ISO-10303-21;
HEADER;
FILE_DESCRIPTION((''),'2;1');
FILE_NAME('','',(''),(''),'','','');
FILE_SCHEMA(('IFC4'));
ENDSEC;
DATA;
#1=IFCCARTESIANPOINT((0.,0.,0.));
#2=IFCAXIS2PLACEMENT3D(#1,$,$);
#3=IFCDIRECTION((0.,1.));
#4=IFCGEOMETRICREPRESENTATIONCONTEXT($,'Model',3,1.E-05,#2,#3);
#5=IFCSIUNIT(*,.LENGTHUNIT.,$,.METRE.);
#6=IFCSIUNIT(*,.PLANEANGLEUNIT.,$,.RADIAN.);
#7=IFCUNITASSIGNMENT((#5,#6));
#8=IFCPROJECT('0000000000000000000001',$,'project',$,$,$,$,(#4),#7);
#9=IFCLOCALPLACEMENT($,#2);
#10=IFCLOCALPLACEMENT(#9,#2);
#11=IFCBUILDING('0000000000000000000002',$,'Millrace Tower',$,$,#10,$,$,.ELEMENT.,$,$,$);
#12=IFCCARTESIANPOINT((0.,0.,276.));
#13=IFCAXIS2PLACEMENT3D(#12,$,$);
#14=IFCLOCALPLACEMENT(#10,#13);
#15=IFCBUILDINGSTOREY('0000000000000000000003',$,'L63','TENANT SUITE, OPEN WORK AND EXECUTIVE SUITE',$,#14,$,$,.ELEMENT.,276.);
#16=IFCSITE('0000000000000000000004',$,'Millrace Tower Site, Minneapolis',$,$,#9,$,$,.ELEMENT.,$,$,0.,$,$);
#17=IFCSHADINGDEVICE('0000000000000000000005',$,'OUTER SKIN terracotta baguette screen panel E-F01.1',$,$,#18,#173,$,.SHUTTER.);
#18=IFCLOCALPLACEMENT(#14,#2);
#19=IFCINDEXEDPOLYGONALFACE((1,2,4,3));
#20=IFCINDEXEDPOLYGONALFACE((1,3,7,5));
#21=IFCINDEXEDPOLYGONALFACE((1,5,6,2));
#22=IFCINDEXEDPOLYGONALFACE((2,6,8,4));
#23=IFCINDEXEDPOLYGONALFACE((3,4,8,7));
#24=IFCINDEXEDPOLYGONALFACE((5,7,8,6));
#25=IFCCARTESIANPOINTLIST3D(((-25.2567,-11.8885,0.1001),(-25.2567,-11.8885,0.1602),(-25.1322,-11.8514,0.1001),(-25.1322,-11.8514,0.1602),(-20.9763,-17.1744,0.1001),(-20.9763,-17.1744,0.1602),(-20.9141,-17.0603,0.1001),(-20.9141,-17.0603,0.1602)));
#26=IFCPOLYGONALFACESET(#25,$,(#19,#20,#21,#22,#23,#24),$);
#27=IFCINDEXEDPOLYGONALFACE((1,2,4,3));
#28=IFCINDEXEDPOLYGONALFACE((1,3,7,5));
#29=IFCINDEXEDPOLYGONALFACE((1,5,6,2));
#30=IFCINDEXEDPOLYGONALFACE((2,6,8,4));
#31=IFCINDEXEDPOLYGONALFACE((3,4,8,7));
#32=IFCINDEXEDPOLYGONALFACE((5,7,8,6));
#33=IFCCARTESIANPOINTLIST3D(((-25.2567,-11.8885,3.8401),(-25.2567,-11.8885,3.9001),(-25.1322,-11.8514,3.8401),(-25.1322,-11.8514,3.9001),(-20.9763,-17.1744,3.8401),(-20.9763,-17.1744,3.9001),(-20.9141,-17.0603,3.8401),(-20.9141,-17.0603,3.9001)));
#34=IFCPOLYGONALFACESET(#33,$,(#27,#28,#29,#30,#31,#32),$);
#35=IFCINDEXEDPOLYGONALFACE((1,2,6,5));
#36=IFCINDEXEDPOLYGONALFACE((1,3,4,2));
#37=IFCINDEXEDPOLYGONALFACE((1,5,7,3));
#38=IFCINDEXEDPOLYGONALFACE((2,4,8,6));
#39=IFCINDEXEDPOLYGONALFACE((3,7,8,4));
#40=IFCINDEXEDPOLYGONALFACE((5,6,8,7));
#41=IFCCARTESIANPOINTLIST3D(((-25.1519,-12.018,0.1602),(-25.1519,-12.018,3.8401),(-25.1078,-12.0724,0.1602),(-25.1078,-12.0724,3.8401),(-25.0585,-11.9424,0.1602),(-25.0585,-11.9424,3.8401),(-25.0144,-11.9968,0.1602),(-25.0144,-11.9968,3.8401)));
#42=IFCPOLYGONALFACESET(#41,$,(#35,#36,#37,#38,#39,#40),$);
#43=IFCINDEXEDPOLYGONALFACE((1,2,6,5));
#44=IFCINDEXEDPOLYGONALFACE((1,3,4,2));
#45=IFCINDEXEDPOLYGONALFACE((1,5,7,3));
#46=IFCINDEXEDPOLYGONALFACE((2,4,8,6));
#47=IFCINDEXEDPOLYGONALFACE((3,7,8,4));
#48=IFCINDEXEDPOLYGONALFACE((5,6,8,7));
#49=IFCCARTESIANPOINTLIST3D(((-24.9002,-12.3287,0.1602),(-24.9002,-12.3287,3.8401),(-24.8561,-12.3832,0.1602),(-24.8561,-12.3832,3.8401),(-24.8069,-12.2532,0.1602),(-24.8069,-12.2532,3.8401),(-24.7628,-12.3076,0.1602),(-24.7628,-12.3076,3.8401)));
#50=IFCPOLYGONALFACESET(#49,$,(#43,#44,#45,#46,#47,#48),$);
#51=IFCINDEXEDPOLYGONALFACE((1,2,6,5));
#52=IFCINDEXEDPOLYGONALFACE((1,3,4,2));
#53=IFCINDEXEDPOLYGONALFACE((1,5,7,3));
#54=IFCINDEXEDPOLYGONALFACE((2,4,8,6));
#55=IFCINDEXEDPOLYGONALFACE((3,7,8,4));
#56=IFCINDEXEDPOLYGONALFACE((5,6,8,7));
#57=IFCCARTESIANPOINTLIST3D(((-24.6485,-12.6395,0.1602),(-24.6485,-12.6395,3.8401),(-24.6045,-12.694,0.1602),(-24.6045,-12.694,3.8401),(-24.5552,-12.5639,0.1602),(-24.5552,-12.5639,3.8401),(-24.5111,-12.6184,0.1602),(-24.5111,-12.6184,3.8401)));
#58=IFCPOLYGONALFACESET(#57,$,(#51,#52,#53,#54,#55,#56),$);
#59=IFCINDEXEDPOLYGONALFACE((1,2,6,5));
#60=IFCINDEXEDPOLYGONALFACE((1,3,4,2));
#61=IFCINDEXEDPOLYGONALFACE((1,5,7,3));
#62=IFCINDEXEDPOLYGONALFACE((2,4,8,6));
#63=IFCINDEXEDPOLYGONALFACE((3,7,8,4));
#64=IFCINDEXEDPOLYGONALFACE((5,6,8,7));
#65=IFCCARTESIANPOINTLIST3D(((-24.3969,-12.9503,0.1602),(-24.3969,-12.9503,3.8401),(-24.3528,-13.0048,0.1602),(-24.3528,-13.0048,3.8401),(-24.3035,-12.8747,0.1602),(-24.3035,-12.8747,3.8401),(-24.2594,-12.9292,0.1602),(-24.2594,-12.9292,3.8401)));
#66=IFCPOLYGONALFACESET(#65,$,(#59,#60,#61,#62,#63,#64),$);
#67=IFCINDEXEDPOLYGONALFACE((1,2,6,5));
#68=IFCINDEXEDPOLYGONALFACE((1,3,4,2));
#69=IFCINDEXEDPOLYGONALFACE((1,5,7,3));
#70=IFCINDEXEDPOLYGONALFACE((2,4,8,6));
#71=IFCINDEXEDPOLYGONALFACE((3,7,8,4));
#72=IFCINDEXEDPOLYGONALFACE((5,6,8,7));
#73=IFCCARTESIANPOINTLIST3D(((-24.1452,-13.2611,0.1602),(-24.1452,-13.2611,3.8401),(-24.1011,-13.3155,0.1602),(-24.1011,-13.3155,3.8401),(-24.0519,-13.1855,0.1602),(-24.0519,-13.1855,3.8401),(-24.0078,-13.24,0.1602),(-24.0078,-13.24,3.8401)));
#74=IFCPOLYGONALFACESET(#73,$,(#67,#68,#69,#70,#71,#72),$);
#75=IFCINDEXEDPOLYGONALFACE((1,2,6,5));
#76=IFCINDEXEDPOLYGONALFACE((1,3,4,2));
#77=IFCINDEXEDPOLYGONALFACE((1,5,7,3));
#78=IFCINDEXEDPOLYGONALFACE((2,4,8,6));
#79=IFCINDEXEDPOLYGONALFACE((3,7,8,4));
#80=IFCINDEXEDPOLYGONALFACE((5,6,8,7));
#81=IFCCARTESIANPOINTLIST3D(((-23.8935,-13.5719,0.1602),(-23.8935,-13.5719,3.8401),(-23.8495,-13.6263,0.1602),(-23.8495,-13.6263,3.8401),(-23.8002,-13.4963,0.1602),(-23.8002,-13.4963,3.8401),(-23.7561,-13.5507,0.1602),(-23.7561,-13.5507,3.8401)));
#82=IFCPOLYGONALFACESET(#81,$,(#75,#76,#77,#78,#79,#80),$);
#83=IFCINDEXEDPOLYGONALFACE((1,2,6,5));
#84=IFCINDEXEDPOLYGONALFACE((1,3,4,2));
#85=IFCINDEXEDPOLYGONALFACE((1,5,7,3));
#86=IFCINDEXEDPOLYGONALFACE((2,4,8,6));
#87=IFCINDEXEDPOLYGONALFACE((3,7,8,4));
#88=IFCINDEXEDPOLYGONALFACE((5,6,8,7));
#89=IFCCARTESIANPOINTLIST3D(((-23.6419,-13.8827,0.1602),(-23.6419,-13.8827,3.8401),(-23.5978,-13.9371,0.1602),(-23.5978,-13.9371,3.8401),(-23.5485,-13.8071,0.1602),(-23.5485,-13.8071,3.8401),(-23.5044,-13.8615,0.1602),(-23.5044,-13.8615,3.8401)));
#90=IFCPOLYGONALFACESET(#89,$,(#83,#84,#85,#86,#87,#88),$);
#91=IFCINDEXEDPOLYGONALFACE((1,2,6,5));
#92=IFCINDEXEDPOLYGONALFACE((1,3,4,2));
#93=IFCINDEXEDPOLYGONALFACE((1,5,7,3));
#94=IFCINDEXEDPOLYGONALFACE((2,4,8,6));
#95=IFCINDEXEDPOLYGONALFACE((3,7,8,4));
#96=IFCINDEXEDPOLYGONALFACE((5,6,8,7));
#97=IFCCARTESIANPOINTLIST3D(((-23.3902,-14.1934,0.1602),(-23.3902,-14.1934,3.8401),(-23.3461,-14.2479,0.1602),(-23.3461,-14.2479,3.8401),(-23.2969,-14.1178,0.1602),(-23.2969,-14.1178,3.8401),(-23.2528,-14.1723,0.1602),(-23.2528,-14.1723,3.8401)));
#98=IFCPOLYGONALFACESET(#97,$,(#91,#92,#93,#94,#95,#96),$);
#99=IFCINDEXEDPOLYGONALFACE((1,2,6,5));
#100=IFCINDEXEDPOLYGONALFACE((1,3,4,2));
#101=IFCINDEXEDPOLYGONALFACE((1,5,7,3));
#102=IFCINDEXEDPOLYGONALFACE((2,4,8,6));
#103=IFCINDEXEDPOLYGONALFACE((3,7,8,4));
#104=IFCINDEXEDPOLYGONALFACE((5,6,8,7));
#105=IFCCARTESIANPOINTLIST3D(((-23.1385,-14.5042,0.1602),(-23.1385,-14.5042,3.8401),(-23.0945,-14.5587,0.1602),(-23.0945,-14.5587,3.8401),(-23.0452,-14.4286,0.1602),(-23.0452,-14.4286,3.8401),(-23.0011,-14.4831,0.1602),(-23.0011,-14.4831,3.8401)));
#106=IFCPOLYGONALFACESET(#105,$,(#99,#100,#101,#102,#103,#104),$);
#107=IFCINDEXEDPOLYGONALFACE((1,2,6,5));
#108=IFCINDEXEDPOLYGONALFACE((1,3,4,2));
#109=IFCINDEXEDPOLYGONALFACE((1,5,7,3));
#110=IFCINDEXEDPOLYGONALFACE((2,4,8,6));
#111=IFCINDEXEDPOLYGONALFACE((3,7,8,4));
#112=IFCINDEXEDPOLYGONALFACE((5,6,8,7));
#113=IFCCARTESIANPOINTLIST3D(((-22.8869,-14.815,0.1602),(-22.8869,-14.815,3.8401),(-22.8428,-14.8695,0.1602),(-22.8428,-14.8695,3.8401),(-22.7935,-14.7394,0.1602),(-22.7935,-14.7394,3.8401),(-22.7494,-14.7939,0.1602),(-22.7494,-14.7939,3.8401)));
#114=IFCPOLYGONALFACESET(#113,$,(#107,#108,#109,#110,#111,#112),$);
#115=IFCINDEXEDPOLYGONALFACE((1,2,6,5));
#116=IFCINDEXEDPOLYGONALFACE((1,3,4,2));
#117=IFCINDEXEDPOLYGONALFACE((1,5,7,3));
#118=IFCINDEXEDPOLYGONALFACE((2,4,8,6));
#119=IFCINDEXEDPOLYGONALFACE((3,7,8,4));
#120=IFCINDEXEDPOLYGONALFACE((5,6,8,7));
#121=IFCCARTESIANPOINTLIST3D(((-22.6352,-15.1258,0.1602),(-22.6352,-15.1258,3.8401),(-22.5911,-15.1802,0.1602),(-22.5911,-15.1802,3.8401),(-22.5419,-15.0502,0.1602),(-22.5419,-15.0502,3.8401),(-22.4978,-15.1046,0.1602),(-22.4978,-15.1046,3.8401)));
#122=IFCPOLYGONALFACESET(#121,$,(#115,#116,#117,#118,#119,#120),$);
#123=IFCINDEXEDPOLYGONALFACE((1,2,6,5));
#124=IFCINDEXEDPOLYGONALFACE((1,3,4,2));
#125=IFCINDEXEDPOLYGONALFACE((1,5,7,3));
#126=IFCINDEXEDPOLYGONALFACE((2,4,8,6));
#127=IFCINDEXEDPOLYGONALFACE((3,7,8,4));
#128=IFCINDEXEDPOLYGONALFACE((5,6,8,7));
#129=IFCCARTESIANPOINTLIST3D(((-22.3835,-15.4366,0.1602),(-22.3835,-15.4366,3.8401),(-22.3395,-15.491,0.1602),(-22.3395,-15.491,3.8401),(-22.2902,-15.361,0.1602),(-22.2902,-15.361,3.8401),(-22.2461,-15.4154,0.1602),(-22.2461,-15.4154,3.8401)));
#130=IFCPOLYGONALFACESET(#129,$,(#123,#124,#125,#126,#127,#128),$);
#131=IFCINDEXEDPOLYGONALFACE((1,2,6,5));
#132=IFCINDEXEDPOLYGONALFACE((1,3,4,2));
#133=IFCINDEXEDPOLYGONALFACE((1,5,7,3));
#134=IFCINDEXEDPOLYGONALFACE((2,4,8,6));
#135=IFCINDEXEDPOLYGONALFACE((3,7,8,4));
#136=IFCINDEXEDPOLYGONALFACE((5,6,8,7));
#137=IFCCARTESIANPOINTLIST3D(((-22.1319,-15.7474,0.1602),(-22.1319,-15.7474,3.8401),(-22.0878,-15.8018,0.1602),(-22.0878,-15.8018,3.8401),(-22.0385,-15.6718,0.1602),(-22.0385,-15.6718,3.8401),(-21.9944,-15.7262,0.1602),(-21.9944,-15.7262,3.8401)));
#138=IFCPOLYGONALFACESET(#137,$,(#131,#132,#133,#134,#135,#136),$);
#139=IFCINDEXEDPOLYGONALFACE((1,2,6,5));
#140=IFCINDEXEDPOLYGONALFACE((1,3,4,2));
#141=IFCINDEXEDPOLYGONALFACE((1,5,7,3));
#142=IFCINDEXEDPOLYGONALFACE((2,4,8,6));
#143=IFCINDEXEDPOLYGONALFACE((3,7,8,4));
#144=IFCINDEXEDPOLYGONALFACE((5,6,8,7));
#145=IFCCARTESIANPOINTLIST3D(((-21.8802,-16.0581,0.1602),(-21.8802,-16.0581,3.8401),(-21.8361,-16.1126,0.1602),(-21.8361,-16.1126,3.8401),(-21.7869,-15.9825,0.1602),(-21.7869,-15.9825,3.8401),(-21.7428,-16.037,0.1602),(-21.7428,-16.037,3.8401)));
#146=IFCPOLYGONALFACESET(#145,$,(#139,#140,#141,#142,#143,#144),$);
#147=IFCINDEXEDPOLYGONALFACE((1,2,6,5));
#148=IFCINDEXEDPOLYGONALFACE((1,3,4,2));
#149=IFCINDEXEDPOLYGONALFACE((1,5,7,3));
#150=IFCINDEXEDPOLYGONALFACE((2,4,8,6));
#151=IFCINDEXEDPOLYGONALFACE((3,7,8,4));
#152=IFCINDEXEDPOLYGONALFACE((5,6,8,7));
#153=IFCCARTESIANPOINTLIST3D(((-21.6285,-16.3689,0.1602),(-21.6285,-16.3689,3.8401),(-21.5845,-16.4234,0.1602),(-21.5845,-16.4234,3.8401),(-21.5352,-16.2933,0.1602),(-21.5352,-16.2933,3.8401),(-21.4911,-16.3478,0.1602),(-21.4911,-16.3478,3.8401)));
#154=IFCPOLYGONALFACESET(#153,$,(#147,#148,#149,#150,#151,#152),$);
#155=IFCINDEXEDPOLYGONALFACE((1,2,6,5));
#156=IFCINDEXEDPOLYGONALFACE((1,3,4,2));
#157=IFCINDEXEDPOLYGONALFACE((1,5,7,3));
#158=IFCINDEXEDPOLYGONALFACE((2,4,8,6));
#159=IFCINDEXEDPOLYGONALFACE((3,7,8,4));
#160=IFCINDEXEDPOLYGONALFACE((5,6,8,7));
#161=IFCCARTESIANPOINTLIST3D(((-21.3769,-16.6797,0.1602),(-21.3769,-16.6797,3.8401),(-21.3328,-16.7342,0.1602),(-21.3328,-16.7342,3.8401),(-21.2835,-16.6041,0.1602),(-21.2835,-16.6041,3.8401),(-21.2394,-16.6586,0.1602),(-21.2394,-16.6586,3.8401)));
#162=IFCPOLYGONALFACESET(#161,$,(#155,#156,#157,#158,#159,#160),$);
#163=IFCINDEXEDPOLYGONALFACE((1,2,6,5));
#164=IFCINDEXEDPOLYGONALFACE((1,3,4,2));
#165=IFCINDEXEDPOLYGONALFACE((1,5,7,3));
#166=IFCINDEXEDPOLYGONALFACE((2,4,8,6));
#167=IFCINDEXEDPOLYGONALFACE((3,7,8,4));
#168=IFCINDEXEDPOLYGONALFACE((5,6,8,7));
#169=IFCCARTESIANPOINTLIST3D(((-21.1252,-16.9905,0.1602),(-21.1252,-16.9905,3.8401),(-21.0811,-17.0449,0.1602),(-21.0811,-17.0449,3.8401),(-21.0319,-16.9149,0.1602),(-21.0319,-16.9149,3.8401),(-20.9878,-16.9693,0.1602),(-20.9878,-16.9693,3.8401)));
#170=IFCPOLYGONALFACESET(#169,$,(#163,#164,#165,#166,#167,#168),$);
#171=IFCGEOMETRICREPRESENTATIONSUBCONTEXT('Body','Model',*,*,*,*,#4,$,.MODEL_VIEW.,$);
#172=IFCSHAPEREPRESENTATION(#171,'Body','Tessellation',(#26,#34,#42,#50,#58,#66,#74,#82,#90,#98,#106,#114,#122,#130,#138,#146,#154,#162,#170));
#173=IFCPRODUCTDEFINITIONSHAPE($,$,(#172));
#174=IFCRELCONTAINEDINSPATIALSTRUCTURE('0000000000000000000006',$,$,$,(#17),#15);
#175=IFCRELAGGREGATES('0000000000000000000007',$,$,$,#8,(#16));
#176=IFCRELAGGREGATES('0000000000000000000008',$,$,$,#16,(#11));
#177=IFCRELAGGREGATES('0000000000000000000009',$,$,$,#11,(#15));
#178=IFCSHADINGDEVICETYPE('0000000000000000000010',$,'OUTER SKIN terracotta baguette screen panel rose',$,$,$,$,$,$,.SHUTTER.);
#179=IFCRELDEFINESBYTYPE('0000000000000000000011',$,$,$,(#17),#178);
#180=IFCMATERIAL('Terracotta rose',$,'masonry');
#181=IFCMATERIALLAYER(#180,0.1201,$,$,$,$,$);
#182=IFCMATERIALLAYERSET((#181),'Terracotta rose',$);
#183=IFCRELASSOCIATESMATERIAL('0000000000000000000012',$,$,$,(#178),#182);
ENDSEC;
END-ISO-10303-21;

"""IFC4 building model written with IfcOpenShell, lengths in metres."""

from ifc_helpers import new_model, entity, si_unit, direction, frame, frame_2d, origin, origin_2d, place, context, subcontext, project, spatial, rectangle, extrude, source, transform, mapped, material, layer, layer_set, type_object, element, save


model = new_model("IFC4")

# Units and contexts
model_context = context("Model", 3, precision=1e-05, world=origin(), true_north=direction((0.0, 1.0)))
body_context = subcontext(model_context, "Body", "Model", "MODEL_VIEW")
ifc_project = project(units=[si_unit("LENGTHUNIT", "METRE"), si_unit("PLANEANGLEUNIT", "RADIAN")], contexts=[model_context])

# Site, building, storey
site_placement = place(None, origin())
site = spatial("IfcSite", under=ifc_project, at=site_placement, Name="Millrace Tower Site, Minneapolis", CompositionType="ELEMENT", RefElevation=0.0)
building_placement = place(site_placement, origin())
building = spatial("IfcBuilding", under=site, at=building_placement, Name="Millrace Tower", CompositionType="ELEMENT")
storey_placement = place(building_placement, frame((0.0, 0.0, 276.0)))
storey = spatial("IfcBuildingStorey", under=building, at=storey_placement, Name="L63", Description="TENANT SUITE, OPEN WORK AND EXECUTIVE SUITE", CompositionType="ELEMENT", Elevation=276.0)

# Shading device
ifc_material_1 = material(Name="Terracotta rose", Category="masonry")
ifc_layer_1 = layer(ifc_material_1, 0.1201)
ifc_layer_set_1 = layer_set([ifc_layer_1], Name="Terracotta rose")
shading_device_type = type_object("IfcShadingDeviceType", Name="OUTER SKIN terracotta baguette screen panel rose", PredefinedType="SHUTTER", material=ifc_layer_set_1)
cartesian_point_1 = entity("IfcCartesianPoint", [-3.3513, 0.0601])
shared_polyline_1 = entity("IfcPolyline", [cartesian_point_1, entity("IfcCartesianPoint", [3.3513, 0.0601]), entity("IfcCartesianPoint", [3.4009, -0.0601]), entity("IfcCartesianPoint", [-3.4009, -0.0601]), cartesian_point_1])
shared_shape_1 = source(origin(), body_context, "Body", "SweptSolid", [
    entity("IfcExtrudedAreaSolid", entity("IfcArbitraryClosedProfileDef", "AREA", None, shared_polyline_1), entity("IfcAxis2Placement3D", entity("IfcCartesianPoint", [0.0, 0.0, 0.0])), entity("IfcDirection", [0.0, 0.0, 1.0]), 0.0601),
    entity("IfcExtrudedAreaSolid", entity("IfcArbitraryClosedProfileDef", "AREA", None, shared_polyline_1), entity("IfcAxis2Placement3D", entity("IfcCartesianPoint", [0.0, 0.0, 3.74])), entity("IfcDirection", [0.0, 0.0, 1.0]), 0.0601),
    extrude(rectangle(XDim=0.0701, YDim=0.1201, at=frame_2d((-3.1992, 0.0))), frame((0.0, 0.0, 0.0601)), (0.0, 0.0, 1.0), 3.6799),
    extrude(rectangle(XDim=0.0701, YDim=0.1201, at=frame_2d((-2.7993, 0.0))), frame((0.0, 0.0, 0.0601)), (0.0, 0.0, 1.0), 3.6799),
    extrude(rectangle(XDim=0.0701, YDim=0.1201, at=frame_2d((-2.3994, 0.0))), frame((0.0, 0.0, 0.0601)), (0.0, 0.0, 1.0), 3.6799),
    extrude(rectangle(XDim=0.0701, YDim=0.1201, at=frame_2d((-1.9995, 0.0))), frame((0.0, 0.0, 0.0601)), (0.0, 0.0, 1.0), 3.6799),
    extrude(rectangle(XDim=0.0701, YDim=0.1201, at=frame_2d((-1.5996, 0.0))), frame((0.0, 0.0, 0.0601)), (0.0, 0.0, 1.0), 3.6799),
    extrude(rectangle(XDim=0.0701, YDim=0.1201, at=frame_2d((-1.1997, 0.0))), frame((0.0, 0.0, 0.0601)), (0.0, 0.0, 1.0), 3.6799),
    extrude(rectangle(XDim=0.0701, YDim=0.1201, at=frame_2d((-0.7998, 0.0))), frame((0.0, 0.0, 0.0601)), (0.0, 0.0, 1.0), 3.6799),
    extrude(rectangle(XDim=0.0701, YDim=0.1201, at=frame_2d((-0.3999, 0.0))), frame((0.0, 0.0, 0.0601)), (0.0, 0.0, 1.0), 3.6799),
    extrude(rectangle(XDim=0.0701, YDim=0.1201, at=origin_2d()), frame((0.0, 0.0, 0.0601)), (0.0, 0.0, 1.0), 3.6799),
    extrude(rectangle(XDim=0.0701, YDim=0.1201, at=frame_2d((0.3999, 0.0))), frame((0.0, 0.0, 0.0601)), (0.0, 0.0, 1.0), 3.6799),
    extrude(rectangle(XDim=0.0701, YDim=0.1201, at=frame_2d((0.7998, 0.0))), frame((0.0, 0.0, 0.0601)), (0.0, 0.0, 1.0), 3.6799),
    extrude(rectangle(XDim=0.0701, YDim=0.1201, at=frame_2d((1.1997, 0.0))), frame((0.0, 0.0, 0.0601)), (0.0, 0.0, 1.0), 3.6799),
    extrude(rectangle(XDim=0.0701, YDim=0.1201, at=frame_2d((1.5996, 0.0))), frame((0.0, 0.0, 0.0601)), (0.0, 0.0, 1.0), 3.6799),
    extrude(rectangle(XDim=0.0701, YDim=0.1201, at=frame_2d((1.9995, 0.0))), frame((0.0, 0.0, 0.0601)), (0.0, 0.0, 1.0), 3.6799),
    extrude(rectangle(XDim=0.0701, YDim=0.1201, at=frame_2d((2.3994, 0.0))), frame((0.0, 0.0, 0.0601)), (0.0, 0.0, 1.0), 3.6799),
    extrude(rectangle(XDim=0.0701, YDim=0.1201, at=frame_2d((2.7993, 0.0))), frame((0.0, 0.0, 0.0601)), (0.0, 0.0, 1.0), 3.6799),
    extrude(rectangle(XDim=0.0701, YDim=0.1201, at=frame_2d((3.1992, 0.0))), frame((0.0, 0.0, 0.0601)), (0.0, 0.0, 1.0), 3.6799),
])
shading_device_1_placement = place(storey_placement, frame((-23.0698, -14.4937, 0.1001), z_axis=(0.0, 0.0, 1.0), x_axis=(0.62932, -0.777146, 0.0)))
element("IfcShadingDevice", 1, at=shading_device_1_placement, inside=storey, type_object=shading_device_type, Name="OUTER SKIN terracotta baguette screen panel E-F01.1", PredefinedType="SHUTTER", context=body_context, shape_type="MappedRepresentation", body=[
    mapped(shared_shape_1, transform((0.0, 0.0, 0.0), scale=1.0)),
])

save(model, "model.ifc")
